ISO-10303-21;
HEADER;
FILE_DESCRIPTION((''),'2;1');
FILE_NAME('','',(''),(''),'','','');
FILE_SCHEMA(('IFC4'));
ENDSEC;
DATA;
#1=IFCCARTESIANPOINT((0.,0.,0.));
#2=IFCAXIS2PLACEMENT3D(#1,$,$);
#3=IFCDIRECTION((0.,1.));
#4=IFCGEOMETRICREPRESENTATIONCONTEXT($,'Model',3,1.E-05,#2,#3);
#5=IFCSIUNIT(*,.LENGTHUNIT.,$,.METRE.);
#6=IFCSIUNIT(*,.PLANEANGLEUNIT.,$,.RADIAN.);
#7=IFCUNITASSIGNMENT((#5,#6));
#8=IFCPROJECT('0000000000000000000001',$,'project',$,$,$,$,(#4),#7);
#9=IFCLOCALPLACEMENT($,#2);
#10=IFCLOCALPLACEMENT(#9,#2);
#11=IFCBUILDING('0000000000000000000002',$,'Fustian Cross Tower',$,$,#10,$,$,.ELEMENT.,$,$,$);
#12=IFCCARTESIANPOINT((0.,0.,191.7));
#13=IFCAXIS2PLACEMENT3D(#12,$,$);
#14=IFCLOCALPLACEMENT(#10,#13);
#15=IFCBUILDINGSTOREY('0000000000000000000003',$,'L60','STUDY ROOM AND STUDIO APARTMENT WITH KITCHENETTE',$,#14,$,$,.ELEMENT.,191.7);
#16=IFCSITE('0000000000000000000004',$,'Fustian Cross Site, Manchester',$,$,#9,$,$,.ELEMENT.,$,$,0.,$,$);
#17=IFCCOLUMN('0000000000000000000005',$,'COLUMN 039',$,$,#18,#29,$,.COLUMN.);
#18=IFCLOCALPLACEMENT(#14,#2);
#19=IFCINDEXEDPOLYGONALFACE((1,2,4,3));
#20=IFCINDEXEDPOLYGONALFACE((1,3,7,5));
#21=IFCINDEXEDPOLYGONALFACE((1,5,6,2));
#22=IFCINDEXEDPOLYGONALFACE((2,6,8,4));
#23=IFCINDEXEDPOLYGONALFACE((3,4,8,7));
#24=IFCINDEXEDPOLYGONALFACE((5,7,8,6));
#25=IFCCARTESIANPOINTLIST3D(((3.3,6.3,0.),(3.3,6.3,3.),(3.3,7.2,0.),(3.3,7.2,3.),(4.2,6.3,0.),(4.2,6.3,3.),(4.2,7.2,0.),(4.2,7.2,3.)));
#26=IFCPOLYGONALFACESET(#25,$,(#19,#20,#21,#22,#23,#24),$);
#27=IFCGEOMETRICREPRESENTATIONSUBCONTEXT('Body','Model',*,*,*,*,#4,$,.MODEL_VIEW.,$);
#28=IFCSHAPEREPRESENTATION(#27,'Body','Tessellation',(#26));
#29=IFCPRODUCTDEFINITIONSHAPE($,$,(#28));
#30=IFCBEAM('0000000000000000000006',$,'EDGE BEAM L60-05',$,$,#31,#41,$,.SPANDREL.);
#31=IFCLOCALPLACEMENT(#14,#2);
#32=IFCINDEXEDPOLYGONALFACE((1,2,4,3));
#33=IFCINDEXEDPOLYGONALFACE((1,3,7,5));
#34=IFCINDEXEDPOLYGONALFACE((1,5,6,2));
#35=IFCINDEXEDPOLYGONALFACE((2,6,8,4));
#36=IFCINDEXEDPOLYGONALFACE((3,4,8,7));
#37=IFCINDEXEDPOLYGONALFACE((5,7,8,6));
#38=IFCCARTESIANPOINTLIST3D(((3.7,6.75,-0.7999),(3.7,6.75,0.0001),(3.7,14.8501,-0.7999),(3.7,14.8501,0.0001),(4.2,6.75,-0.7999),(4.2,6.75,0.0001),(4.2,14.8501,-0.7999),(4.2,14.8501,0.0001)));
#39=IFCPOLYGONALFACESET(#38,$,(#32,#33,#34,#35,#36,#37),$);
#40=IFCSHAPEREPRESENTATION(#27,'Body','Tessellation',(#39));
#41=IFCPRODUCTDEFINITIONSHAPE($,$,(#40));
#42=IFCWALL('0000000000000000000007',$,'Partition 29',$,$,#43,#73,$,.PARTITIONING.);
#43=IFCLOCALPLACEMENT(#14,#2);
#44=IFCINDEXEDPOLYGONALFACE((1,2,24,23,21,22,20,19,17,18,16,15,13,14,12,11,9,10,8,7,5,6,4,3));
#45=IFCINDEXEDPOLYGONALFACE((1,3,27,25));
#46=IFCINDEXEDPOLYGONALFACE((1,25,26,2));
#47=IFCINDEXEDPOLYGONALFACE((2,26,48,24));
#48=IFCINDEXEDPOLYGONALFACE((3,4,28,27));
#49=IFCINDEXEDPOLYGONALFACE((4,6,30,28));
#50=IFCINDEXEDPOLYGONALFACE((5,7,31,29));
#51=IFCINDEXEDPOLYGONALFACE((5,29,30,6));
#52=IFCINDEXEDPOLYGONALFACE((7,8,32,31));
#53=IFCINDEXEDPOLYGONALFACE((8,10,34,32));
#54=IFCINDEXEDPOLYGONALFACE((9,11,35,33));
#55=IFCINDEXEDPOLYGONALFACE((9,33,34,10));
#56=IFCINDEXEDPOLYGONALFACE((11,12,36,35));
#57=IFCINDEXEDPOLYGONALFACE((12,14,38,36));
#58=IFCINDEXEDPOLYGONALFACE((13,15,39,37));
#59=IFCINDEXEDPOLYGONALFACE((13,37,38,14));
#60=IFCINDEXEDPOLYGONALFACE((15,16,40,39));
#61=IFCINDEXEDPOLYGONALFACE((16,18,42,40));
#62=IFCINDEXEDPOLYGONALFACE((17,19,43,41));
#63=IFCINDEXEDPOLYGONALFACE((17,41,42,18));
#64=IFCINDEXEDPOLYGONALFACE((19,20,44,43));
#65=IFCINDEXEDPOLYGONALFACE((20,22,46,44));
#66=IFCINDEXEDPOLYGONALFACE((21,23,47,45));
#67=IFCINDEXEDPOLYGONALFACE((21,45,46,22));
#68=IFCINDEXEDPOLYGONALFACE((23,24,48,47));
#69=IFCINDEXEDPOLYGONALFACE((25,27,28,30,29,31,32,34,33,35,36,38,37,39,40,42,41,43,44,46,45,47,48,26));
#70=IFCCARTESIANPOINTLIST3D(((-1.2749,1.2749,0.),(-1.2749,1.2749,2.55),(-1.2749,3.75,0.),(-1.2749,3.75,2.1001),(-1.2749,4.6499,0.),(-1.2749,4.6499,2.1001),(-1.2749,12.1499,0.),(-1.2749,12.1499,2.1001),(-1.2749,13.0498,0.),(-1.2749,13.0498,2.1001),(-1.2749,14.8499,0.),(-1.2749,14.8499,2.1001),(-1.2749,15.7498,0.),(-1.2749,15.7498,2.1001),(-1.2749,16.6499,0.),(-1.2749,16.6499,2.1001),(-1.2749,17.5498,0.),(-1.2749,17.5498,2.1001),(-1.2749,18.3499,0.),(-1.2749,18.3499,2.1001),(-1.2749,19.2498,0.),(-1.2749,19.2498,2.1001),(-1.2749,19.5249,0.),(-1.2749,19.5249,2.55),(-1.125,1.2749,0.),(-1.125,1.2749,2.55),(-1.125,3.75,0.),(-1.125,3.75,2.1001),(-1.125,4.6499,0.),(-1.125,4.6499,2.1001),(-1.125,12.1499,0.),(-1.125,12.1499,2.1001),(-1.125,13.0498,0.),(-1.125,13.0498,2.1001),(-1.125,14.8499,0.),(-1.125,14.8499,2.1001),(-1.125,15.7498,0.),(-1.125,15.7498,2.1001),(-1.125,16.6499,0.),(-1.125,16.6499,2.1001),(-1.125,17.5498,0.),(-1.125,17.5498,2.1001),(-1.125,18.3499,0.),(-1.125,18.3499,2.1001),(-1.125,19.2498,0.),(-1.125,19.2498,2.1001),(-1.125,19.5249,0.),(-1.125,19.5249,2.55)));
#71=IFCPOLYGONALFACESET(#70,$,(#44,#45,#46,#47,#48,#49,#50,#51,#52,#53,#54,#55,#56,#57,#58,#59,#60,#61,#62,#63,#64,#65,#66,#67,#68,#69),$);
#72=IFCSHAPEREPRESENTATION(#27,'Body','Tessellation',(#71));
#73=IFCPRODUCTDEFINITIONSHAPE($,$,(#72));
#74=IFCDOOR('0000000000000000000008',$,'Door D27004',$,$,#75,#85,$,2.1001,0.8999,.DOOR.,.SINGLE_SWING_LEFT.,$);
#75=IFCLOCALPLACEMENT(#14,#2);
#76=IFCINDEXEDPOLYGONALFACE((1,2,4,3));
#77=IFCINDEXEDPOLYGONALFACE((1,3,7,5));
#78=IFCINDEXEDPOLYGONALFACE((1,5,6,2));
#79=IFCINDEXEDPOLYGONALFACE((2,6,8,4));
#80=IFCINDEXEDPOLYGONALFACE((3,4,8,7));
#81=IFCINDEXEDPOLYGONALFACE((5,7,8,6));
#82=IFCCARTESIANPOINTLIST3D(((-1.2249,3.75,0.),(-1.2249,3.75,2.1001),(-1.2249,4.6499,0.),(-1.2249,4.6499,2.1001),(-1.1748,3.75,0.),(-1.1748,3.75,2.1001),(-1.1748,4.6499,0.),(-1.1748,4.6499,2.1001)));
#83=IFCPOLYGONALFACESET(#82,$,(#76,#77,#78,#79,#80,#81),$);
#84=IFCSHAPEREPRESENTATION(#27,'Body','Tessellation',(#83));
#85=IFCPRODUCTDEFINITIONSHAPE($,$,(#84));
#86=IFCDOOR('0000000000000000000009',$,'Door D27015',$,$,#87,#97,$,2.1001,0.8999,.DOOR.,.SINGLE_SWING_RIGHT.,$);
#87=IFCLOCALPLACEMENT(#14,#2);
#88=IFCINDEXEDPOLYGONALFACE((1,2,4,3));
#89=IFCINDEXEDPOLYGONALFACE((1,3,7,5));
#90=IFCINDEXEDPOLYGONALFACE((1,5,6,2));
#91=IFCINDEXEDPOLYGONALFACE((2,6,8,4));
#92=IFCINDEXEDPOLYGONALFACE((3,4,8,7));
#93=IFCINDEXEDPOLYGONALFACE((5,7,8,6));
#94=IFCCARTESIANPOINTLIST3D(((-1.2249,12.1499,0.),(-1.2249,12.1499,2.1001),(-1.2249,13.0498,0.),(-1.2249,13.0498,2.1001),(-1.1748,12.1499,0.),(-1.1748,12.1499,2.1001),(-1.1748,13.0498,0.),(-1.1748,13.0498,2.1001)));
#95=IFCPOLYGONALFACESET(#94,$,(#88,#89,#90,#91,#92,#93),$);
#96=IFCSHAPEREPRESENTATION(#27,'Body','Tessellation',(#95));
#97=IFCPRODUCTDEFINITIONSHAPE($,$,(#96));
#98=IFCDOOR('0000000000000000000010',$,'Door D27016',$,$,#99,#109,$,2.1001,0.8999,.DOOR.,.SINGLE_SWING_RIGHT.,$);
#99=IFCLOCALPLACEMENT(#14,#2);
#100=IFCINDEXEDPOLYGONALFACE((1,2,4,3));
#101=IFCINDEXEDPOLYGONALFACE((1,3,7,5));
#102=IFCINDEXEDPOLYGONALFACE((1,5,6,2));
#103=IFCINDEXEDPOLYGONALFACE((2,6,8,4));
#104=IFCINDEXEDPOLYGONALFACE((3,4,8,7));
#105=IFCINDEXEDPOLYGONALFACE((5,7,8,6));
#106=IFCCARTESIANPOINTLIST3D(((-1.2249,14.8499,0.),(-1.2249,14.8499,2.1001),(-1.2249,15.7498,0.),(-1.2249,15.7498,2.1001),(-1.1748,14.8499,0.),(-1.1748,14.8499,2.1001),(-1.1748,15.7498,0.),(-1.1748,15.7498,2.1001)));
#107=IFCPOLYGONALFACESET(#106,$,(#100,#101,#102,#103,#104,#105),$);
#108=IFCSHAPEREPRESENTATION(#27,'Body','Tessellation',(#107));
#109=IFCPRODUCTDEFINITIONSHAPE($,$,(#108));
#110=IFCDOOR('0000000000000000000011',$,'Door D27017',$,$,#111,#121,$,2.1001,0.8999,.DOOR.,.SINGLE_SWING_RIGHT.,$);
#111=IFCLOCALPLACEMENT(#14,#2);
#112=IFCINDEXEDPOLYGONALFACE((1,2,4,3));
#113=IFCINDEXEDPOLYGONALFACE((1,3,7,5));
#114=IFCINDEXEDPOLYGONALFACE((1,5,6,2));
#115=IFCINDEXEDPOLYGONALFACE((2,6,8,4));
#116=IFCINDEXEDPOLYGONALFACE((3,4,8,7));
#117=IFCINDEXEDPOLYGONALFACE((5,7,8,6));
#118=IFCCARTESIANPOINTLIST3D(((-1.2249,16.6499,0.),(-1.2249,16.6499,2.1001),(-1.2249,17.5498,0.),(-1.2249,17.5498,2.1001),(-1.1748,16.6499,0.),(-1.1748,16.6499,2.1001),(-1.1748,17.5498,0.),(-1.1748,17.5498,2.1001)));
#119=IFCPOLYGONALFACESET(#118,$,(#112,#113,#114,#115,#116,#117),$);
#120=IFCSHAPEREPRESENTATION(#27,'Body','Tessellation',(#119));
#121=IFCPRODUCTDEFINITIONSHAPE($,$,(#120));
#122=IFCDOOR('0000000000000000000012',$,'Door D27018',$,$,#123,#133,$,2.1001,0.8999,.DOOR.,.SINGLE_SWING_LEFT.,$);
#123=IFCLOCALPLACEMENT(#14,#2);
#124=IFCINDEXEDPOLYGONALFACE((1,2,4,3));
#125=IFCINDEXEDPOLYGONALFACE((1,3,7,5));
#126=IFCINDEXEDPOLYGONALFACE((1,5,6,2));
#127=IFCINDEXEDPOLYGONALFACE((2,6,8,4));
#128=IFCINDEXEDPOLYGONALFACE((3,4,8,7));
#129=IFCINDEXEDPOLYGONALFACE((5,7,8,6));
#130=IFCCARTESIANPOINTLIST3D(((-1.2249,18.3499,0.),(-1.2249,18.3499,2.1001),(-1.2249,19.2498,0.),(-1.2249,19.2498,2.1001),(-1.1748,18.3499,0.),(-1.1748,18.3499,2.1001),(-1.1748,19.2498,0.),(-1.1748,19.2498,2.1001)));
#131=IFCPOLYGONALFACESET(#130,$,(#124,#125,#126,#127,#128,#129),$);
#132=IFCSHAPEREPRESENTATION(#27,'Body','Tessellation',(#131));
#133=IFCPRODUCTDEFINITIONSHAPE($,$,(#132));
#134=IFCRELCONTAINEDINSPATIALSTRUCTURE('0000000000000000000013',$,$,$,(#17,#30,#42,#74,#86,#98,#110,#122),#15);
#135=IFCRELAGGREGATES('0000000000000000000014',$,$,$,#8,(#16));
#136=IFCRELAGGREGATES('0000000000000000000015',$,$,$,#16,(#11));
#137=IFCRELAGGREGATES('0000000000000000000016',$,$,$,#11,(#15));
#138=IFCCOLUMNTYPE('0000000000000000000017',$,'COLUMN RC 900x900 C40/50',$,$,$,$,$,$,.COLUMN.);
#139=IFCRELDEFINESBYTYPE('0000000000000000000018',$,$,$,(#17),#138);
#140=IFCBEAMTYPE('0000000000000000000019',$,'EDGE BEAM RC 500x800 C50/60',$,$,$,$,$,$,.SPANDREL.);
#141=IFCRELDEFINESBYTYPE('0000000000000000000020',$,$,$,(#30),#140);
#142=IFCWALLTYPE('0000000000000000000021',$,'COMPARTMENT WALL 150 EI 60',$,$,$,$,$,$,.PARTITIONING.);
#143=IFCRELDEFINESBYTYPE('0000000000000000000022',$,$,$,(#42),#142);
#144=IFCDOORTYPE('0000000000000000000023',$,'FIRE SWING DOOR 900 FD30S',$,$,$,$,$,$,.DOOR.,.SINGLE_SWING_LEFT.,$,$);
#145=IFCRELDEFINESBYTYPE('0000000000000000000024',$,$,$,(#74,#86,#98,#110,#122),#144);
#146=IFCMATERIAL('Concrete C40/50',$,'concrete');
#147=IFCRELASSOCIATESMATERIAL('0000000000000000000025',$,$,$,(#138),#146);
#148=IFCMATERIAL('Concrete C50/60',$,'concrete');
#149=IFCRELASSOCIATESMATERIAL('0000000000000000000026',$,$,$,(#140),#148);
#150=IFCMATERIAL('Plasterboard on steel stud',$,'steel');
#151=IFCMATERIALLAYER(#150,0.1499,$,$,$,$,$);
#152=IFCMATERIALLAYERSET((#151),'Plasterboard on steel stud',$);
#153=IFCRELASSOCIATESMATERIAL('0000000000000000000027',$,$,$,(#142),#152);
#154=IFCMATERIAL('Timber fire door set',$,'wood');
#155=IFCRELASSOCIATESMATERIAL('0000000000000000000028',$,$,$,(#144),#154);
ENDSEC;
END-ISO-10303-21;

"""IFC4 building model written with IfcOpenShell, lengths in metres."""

from ifc_helpers import new_model, si_unit, direction, frame, frame_2d, origin, origin_2d, place, context, subcontext, project, spatial, rectangle, extrude, material, layer, layer_set, material_profile, profile_set, type_object, element, fill, save


model = new_model("IFC4")

# Units and contexts
model_context = context("Model", 3, precision=1e-05, world=origin(), true_north=direction((0.0, 1.0)))
body_context = subcontext(model_context, "Body", "Model", "MODEL_VIEW")
ifc_project = project(units=[si_unit("LENGTHUNIT", "METRE"), si_unit("PLANEANGLEUNIT", "RADIAN")], contexts=[model_context])

# Site, building, storey
site_placement = place(None, origin())
site = spatial("IfcSite", under=ifc_project, at=site_placement, Name="Fustian Cross Site, Manchester", CompositionType="ELEMENT", RefElevation=0.0)
building_placement = place(site_placement, origin())
building = spatial("IfcBuilding", under=site, at=building_placement, Name="Fustian Cross Tower", CompositionType="ELEMENT")
storey_placement = place(building_placement, frame((0.0, 0.0, 191.7)))
storey = spatial("IfcBuildingStorey", under=building, at=storey_placement, Name="L60", Description="STUDY ROOM AND STUDIO APARTMENT WITH KITCHENETTE", CompositionType="ELEMENT", Elevation=191.7)

# Column
ifc_material_1 = material(Name="Concrete C40/50", Category="concrete")
ifc_material_profile_1 = material_profile(ifc_material_1, rectangle(XDim=0.8999, YDim=0.8999, at=origin_2d()), Name="RC 900x900")
ifc_profile_set_1 = profile_set([ifc_material_profile_1], Name="Concrete C40/50")
column_type = type_object("IfcColumnType", Name="COLUMN RC 900x900 C40/50", PredefinedType="COLUMN", material=ifc_profile_set_1)
column_placement = place(storey_placement, frame((3.75, 6.75, 0.0), z_axis=(0.0, 0.0, 1.0), x_axis=(1.0, 0.0, 0.0)))
element("IfcColumn", 1, at=column_placement, inside=storey, type_object=column_type, Name="COLUMN 039", PredefinedType="COLUMN", context=body_context, shape_type="SweptSolid", body=[
    extrude(rectangle(XDim=0.8999, YDim=0.8999, at=origin_2d()), origin(), (0.0, 0.0, 1.0), 3.0),
])

# Beam
ifc_material_2 = material(Name="Concrete C50/60", Category="concrete")
ifc_material_profile_2 = material_profile(ifc_material_2, rectangle(XDim=0.5, YDim=0.8, at=origin_2d()), Name="RC 500x800")
ifc_profile_set_2 = profile_set([ifc_material_profile_2], Name="Concrete C50/60")
beam_type = type_object("IfcBeamType", Name="EDGE BEAM RC 500x800 C50/60", PredefinedType="SPANDREL", material=ifc_profile_set_2)
beam_placement = place(storey_placement, frame((3.95, 6.75, -0.3999), z_axis=(0.0, 1.0, 0.0), x_axis=(-1.0, 0.0, 0.0)))
element("IfcBeam", 2, at=beam_placement, inside=storey, type_object=beam_type, Name="EDGE BEAM L60-05", PredefinedType="SPANDREL", context=body_context, shape_type="SweptSolid", body=[
    extrude(rectangle(XDim=0.5, YDim=0.8, at=origin_2d()), origin(), (0.0, 0.0, 1.0), 8.1001),
])

# Wall, openings, doors
ifc_material_3 = material(Name="Plasterboard on steel stud", Category="steel")
ifc_layer_1 = layer(ifc_material_3, 0.1499)
ifc_layer_set_1 = layer_set([ifc_layer_1], Name="Plasterboard on steel stud")
wall_type_1 = type_object("IfcWallType", Name="COMPARTMENT WALL 150 EI 60", PredefinedType="PARTITIONING", material=ifc_layer_set_1)
wall_1_placement = place(storey_placement, frame((-1.2, 1.2749, 0.0), z_axis=(0.0, 0.0, 1.0), x_axis=(0.0, 1.0, 0.0)))
wall_1 = element("IfcWall", 3, at=wall_1_placement, inside=storey, type_object=wall_type_1, Name="Partition 29", PredefinedType="PARTITIONING", context=body_context, shape_type="SweptSolid", body=[
    extrude(rectangle(XDim=18.25, YDim=0.1499, at=frame_2d((9.125, 0.0))), origin(), (0.0, 0.0, 1.0), 2.55),
])
opening_1_placement = place(wall_1_placement, frame((2.4751, 0.0, 0.0)))
opening_1 = element("IfcOpeningElement", 4, at=opening_1_placement, cuts=wall_1, PredefinedType="OPENING", context=body_context, shape_type="SweptSolid", body=[
    extrude(rectangle(XDim=0.8999, YDim=2.1001, at=frame_2d((0.45, 1.05))), frame((0.0, 0.085, 0.0), z_axis=(0.0, -1.0, 0.0), x_axis=(1.0, 0.0, 0.0)), (0.0, 0.0, 1.0), 0.1699),
])
opening_2_placement = place(wall_1_placement, frame((10.875, 0.0, 0.0)))
opening_2 = element("IfcOpeningElement", 5, at=opening_2_placement, cuts=wall_1, PredefinedType="OPENING", context=body_context, shape_type="SweptSolid", body=[
    extrude(rectangle(XDim=0.8999, YDim=2.1001, at=frame_2d((0.45, 1.05))), frame((0.0, 0.085, 0.0), z_axis=(0.0, -1.0, 0.0), x_axis=(1.0, 0.0, 0.0)), (0.0, 0.0, 1.0), 0.1699),
])
opening_3_placement = place(wall_1_placement, frame((13.575, 0.0, 0.0)))
opening_3 = element("IfcOpeningElement", 6, at=opening_3_placement, cuts=wall_1, PredefinedType="OPENING", context=body_context, shape_type="SweptSolid", body=[
    extrude(rectangle(XDim=0.8999, YDim=2.1001, at=frame_2d((0.45, 1.05))), frame((0.0, 0.085, 0.0), z_axis=(0.0, -1.0, 0.0), x_axis=(1.0, 0.0, 0.0)), (0.0, 0.0, 1.0), 0.1699),
])
opening_4_placement = place(wall_1_placement, frame((15.375, 0.0, 0.0)))
opening_4 = element("IfcOpeningElement", 7, at=opening_4_placement, cuts=wall_1, PredefinedType="OPENING", context=body_context, shape_type="SweptSolid", body=[
    extrude(rectangle(XDim=0.8999, YDim=2.1001, at=frame_2d((0.45, 1.05))), frame((0.0, 0.085, 0.0), z_axis=(0.0, -1.0, 0.0), x_axis=(1.0, 0.0, 0.0)), (0.0, 0.0, 1.0), 0.1699),
])
opening_5_placement = place(wall_1_placement, frame((17.075, 0.0, 0.0)))
opening_5 = element("IfcOpeningElement", 8, at=opening_5_placement, cuts=wall_1, PredefinedType="OPENING", context=body_context, shape_type="SweptSolid", body=[
    extrude(rectangle(XDim=0.8999, YDim=2.1001, at=frame_2d((0.45, 1.05))), frame((0.0, 0.085, 0.0), z_axis=(0.0, -1.0, 0.0), x_axis=(1.0, 0.0, 0.0)), (0.0, 0.0, 1.0), 0.1699),
])
ifc_material_4 = material(Name="Timber fire door set", Category="wood")
door_type_1 = type_object("IfcDoorType", Name="FIRE SWING DOOR 900 FD30S", OperationType="SINGLE_SWING_LEFT", PredefinedType="DOOR", material=ifc_material_4)
door_1_placement = place(opening_1_placement, origin())
door_1 = element("IfcDoor", 9, at=door_1_placement, inside=storey, type_object=door_type_1, Name="Door D27004", OperationType="SINGLE_SWING_LEFT", OverallHeight=2.1001, OverallWidth=0.8999, PredefinedType="DOOR", context=body_context, shape_type="SweptSolid", body=[
    extrude(rectangle(XDim=0.8999, YDim=2.1001, at=frame_2d((0.45, 1.05))), frame((0.0, 0.0249, 0.0), z_axis=(0.0, -1.0, 0.0), x_axis=(1.0, 0.0, 0.0)), (0.0, 0.0, 1.0), 0.05),
])
fill(opening_1, door_1)
door_2_placement = place(opening_2_placement, origin())
door_2 = element("IfcDoor", 10, at=door_2_placement, inside=storey, type_object=door_type_1, Name="Door D27015", OperationType="SINGLE_SWING_RIGHT", OverallHeight=2.1001, OverallWidth=0.8999, PredefinedType="DOOR", context=body_context, shape_type="SweptSolid", body=[
    extrude(rectangle(XDim=0.8999, YDim=2.1001, at=frame_2d((0.45, 1.05))), frame((0.0, 0.0249, 0.0), z_axis=(0.0, -1.0, 0.0), x_axis=(1.0, 0.0, 0.0)), (0.0, 0.0, 1.0), 0.05),
])
fill(opening_2, door_2)
door_3_placement = place(opening_3_placement, origin())
door_3 = element("IfcDoor", 11, at=door_3_placement, inside=storey, type_object=door_type_1, Name="Door D27016", OperationType="SINGLE_SWING_RIGHT", OverallHeight=2.1001, OverallWidth=0.8999, PredefinedType="DOOR", context=body_context, shape_type="SweptSolid", body=[
    extrude(rectangle(XDim=0.8999, YDim=2.1001, at=frame_2d((0.45, 1.05))), frame((0.0, 0.0249, 0.0), z_axis=(0.0, -1.0, 0.0), x_axis=(1.0, 0.0, 0.0)), (0.0, 0.0, 1.0), 0.05),
])
fill(opening_3, door_3)
door_4_placement = place(opening_4_placement, origin())
door_4 = element("IfcDoor", 12, at=door_4_placement, inside=storey, type_object=door_type_1, Name="Door D27017", OperationType="SINGLE_SWING_RIGHT", OverallHeight=2.1001, OverallWidth=0.8999, PredefinedType="DOOR", context=body_context, shape_type="SweptSolid", body=[
    extrude(rectangle(XDim=0.8999, YDim=2.1001, at=frame_2d((0.45, 1.05))), frame((0.0, 0.0249, 0.0), z_axis=(0.0, -1.0, 0.0), x_axis=(1.0, 0.0, 0.0)), (0.0, 0.0, 1.0), 0.05),
])
fill(opening_4, door_4)
door_5_placement = place(opening_5_placement, origin())
door_5 = element("IfcDoor", 13, at=door_5_placement, inside=storey, type_object=door_type_1, Name="Door D27018", OperationType="SINGLE_SWING_LEFT", OverallHeight=2.1001, OverallWidth=0.8999, PredefinedType="DOOR", context=body_context, shape_type="SweptSolid", body=[
    extrude(rectangle(XDim=0.8999, YDim=2.1001, at=frame_2d((0.45, 1.05))), frame((0.0, 0.0249, 0.0), z_axis=(0.0, -1.0, 0.0), x_axis=(1.0, 0.0, 0.0)), (0.0, 0.0, 1.0), 0.05),
])
fill(opening_5, door_5)

save(model, "model.ifc")
